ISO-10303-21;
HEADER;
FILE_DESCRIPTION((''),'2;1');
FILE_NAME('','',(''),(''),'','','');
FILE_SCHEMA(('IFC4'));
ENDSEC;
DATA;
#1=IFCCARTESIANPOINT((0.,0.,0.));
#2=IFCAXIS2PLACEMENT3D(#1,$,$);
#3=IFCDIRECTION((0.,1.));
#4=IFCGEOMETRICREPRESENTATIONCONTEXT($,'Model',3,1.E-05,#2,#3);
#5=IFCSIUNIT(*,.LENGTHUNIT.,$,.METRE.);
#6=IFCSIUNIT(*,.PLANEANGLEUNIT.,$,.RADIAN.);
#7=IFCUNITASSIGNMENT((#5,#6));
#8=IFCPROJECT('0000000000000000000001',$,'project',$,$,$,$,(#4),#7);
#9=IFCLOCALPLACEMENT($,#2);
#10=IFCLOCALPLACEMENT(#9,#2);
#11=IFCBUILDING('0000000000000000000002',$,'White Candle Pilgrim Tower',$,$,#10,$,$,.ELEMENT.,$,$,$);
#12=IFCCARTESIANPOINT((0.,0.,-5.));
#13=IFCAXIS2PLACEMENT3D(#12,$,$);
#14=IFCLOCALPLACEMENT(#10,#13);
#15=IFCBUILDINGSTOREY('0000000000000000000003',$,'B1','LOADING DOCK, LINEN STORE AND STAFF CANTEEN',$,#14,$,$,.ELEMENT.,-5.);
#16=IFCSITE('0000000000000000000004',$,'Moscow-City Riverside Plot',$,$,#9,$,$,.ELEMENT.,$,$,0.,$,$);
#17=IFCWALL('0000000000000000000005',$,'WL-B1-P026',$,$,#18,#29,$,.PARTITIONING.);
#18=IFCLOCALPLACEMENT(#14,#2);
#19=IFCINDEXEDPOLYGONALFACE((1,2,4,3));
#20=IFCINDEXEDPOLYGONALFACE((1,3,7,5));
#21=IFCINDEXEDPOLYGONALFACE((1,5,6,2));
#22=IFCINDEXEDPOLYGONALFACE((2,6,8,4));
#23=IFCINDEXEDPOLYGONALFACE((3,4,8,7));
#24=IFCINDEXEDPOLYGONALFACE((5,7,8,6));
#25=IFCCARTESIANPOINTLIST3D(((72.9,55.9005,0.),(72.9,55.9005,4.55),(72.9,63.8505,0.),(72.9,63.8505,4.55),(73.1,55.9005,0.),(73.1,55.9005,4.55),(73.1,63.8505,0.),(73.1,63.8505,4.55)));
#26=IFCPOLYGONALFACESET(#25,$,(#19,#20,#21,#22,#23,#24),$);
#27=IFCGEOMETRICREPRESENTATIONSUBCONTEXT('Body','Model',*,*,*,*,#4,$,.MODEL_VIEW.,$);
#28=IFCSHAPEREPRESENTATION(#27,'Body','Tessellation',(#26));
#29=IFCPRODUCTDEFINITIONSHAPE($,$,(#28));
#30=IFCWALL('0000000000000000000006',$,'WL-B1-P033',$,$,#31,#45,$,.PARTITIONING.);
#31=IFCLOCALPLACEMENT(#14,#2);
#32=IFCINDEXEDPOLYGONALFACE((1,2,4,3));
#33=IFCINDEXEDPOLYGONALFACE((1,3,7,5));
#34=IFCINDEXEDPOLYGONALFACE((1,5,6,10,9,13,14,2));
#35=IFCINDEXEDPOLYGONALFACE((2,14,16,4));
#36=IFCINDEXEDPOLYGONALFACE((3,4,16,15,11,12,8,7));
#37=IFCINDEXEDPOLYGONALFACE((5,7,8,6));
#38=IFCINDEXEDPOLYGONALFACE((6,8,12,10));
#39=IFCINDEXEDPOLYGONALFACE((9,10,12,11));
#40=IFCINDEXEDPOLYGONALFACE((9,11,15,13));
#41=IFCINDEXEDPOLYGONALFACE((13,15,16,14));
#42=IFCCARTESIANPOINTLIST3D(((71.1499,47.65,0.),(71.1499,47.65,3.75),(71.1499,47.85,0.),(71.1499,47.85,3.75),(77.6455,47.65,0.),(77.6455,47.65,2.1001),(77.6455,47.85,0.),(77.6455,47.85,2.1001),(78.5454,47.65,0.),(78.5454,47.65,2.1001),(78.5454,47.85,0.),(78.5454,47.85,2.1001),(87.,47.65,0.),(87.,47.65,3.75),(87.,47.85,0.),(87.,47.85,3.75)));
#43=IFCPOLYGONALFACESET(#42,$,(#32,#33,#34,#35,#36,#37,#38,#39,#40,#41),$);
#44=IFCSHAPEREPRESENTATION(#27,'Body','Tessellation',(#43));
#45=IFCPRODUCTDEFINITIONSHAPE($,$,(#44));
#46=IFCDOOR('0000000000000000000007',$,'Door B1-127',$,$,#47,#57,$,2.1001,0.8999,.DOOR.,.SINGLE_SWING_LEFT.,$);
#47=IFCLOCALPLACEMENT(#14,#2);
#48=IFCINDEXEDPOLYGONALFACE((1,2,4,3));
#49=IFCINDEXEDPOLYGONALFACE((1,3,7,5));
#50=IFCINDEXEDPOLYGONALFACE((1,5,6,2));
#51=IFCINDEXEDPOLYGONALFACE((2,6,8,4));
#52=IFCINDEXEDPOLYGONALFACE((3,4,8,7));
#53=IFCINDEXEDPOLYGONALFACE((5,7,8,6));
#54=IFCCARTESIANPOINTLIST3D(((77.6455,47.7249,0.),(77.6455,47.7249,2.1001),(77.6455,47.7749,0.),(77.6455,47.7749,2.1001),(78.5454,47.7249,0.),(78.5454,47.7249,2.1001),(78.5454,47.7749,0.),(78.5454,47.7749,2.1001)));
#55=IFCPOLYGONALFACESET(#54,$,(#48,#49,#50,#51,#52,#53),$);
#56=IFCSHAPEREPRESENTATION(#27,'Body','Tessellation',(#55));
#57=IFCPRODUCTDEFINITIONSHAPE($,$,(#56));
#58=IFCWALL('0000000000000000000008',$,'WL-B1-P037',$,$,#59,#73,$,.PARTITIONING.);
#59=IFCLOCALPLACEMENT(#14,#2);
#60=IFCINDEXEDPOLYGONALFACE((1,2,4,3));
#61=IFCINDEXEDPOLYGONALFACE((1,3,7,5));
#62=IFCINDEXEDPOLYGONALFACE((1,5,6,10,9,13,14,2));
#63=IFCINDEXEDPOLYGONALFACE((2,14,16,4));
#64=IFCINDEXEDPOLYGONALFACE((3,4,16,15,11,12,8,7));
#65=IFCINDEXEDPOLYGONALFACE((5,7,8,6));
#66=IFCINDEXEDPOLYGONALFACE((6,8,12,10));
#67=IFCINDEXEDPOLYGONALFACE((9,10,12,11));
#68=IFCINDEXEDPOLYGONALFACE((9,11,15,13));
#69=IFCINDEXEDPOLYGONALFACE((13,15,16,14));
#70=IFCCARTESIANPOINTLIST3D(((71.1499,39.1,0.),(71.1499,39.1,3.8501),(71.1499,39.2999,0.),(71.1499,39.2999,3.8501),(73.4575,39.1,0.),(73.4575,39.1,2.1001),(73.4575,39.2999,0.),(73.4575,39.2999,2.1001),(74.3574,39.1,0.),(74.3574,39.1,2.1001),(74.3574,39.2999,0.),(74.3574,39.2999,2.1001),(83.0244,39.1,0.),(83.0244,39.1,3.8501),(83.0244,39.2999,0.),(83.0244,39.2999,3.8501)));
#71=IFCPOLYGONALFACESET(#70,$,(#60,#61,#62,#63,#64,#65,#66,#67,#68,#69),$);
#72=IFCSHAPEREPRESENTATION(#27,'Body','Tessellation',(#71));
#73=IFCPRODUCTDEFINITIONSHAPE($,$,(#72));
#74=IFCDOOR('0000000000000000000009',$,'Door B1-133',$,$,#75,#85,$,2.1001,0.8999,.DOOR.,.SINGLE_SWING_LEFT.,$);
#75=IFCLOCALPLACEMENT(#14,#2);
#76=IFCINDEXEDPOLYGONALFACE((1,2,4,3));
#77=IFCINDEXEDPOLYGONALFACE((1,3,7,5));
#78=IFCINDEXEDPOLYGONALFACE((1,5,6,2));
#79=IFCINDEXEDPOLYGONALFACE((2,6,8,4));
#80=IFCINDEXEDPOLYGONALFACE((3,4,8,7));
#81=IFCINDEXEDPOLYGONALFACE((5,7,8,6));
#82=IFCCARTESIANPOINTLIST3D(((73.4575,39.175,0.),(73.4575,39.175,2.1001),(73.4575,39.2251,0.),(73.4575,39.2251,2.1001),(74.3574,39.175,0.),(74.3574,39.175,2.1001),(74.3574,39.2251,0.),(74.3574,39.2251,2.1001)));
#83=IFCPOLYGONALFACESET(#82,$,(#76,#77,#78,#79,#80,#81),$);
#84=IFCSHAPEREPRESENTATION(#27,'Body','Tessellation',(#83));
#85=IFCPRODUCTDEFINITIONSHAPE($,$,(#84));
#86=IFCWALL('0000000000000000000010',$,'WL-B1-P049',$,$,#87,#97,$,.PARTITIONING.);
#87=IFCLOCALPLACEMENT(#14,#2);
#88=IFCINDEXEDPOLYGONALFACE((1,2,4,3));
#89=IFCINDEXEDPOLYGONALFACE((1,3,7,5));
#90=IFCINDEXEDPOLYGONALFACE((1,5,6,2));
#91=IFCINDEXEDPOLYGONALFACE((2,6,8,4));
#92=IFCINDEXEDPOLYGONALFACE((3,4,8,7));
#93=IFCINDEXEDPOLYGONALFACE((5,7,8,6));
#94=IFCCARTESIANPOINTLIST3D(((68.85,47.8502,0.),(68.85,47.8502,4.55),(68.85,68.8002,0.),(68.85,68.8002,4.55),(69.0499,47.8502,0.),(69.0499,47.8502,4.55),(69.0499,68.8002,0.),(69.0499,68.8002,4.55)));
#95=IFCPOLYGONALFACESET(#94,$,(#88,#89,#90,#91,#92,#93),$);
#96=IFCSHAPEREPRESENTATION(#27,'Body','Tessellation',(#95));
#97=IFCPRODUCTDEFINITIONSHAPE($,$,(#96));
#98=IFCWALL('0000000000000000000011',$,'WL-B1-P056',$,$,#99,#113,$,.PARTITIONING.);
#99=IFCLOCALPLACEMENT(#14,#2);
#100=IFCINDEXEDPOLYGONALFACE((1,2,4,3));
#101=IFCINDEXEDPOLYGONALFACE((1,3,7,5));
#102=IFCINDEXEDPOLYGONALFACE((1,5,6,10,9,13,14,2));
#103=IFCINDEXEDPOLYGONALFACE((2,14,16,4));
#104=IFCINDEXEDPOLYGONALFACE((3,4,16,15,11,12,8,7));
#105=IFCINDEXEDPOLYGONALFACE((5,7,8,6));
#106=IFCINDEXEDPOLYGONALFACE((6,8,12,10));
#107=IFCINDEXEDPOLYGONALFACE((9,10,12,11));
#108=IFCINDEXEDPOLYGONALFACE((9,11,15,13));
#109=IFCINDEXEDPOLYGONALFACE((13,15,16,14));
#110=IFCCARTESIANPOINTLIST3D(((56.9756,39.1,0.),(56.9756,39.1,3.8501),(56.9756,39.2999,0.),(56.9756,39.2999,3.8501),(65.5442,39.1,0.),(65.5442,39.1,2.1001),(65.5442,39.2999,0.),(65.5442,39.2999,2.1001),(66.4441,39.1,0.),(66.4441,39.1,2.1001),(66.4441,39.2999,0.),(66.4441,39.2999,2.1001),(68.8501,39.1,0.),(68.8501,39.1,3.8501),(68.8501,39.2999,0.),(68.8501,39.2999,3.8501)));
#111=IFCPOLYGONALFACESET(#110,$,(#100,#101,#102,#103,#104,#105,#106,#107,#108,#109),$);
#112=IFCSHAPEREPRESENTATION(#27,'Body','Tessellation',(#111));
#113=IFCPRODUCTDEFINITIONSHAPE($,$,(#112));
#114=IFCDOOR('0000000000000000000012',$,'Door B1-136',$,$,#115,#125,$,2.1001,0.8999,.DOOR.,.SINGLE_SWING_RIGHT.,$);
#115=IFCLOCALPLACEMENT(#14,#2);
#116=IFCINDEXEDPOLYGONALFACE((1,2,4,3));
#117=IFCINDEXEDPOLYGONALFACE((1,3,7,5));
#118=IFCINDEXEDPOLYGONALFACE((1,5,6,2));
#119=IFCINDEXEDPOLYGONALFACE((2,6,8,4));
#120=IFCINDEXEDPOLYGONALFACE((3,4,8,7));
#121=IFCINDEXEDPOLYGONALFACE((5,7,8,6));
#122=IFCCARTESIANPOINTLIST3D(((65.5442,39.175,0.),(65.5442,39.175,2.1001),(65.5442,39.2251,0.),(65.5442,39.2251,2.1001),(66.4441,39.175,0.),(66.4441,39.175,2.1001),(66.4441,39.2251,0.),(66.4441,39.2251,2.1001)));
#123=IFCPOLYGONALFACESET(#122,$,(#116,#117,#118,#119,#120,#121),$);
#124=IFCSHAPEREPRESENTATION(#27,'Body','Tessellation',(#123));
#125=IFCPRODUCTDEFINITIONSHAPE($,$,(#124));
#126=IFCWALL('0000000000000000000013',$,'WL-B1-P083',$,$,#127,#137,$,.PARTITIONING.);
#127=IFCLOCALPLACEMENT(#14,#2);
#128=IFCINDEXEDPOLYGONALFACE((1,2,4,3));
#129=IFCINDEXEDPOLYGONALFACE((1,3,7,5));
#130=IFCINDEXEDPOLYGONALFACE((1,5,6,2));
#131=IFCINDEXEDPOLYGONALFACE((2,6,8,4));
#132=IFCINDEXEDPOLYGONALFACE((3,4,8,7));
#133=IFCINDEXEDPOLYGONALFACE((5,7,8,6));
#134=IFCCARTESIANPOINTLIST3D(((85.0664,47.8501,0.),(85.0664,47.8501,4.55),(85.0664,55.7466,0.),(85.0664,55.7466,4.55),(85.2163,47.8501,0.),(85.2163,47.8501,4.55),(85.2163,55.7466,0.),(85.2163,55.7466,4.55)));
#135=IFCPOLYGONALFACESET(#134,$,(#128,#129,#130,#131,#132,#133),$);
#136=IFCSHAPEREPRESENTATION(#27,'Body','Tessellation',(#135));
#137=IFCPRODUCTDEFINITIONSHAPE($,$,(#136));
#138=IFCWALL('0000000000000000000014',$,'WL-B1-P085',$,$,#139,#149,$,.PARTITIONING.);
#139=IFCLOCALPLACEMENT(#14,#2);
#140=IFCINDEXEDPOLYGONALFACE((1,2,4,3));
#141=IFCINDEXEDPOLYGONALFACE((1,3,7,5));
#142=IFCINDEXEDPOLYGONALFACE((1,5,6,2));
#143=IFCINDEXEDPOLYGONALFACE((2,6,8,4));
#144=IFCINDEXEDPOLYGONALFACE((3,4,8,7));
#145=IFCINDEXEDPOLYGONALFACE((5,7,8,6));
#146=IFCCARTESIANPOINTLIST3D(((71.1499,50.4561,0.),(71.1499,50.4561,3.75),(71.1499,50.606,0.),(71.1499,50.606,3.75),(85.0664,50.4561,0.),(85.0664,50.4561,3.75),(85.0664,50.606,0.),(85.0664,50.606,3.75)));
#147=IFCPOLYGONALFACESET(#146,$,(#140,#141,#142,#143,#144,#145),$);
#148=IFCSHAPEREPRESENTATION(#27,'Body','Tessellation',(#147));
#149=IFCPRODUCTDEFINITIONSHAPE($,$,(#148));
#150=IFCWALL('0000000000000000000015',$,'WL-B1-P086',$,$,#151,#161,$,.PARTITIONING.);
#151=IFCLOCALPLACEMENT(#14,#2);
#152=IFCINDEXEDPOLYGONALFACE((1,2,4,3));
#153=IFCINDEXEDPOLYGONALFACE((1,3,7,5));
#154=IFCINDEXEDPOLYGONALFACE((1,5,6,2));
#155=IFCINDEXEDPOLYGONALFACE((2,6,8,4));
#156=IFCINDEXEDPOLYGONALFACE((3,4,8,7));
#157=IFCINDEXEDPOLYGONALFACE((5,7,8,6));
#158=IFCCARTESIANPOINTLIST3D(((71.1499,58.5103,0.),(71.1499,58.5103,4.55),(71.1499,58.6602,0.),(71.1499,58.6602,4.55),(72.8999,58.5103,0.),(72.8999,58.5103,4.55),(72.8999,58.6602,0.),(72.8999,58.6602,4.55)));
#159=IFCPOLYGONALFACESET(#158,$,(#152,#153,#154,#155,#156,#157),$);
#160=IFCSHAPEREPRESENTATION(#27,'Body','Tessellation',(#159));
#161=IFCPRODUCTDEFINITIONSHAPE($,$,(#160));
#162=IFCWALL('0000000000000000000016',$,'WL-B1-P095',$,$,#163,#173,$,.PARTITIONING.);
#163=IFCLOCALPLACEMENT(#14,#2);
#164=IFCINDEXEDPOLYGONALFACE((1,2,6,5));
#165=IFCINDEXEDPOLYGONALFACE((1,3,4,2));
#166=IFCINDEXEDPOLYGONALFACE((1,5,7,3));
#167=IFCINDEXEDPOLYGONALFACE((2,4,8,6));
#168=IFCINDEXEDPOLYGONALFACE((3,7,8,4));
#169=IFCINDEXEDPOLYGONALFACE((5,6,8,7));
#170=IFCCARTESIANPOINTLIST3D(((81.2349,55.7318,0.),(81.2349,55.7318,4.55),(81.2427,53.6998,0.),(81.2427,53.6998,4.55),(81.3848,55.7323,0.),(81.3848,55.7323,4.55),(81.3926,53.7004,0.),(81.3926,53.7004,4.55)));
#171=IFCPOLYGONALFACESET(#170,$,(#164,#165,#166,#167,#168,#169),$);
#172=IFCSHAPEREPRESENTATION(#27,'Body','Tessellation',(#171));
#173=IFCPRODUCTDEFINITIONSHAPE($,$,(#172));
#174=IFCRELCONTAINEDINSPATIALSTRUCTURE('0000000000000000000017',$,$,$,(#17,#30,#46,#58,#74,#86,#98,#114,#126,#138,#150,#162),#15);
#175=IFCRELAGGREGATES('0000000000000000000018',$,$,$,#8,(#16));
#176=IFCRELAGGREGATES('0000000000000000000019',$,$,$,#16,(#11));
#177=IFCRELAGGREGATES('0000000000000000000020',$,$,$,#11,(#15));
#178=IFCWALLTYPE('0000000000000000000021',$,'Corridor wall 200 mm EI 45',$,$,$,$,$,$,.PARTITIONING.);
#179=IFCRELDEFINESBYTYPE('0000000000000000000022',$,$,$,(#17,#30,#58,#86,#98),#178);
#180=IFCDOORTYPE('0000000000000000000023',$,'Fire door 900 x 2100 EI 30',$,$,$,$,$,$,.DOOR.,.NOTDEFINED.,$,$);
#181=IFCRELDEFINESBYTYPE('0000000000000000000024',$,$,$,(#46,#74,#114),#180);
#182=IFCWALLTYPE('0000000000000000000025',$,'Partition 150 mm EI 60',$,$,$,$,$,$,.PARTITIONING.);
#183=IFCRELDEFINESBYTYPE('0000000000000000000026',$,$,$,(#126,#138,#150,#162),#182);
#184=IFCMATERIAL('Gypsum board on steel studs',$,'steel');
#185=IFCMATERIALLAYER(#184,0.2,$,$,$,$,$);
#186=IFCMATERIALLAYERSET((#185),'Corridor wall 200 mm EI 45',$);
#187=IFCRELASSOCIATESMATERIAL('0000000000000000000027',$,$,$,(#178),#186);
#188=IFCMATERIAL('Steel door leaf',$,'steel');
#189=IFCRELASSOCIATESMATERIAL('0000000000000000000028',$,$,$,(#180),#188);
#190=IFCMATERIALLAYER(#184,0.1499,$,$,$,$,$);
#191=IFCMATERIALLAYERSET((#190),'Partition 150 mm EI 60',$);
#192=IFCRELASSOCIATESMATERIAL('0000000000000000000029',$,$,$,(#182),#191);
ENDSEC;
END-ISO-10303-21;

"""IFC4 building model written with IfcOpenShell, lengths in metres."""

from ifc_helpers import new_model, si_unit, direction, frame, frame_2d, origin, place, context, subcontext, project, spatial, rectangle, extrude, material, layer, layer_set, type_object, element, fill, save


model = new_model("IFC4")

# Units and contexts
model_context = context("Model", 3, precision=1e-05, world=origin(), true_north=direction((0.0, 1.0)))
body_context = subcontext(model_context, "Body", "Model", "MODEL_VIEW")
ifc_project = project(units=[si_unit("LENGTHUNIT", "METRE"), si_unit("PLANEANGLEUNIT", "RADIAN")], contexts=[model_context])

# Site, building, storey
site_placement = place(None, origin())
site = spatial("IfcSite", under=ifc_project, at=site_placement, Name="Moscow-City Riverside Plot", CompositionType="ELEMENT", RefElevation=0.0)
building_placement = place(site_placement, origin())
building = spatial("IfcBuilding", under=site, at=building_placement, Name="White Candle Pilgrim Tower", CompositionType="ELEMENT")
storey_placement = place(building_placement, frame((0.0, 0.0, -5.0)))
storey = spatial("IfcBuildingStorey", under=building, at=storey_placement, Name="B1", Description="LOADING DOCK, LINEN STORE AND STAFF CANTEEN", CompositionType="ELEMENT", Elevation=-5.0)

# Wall
ifc_material_1 = material(Name="Gypsum board on steel studs", Category="steel")
ifc_layer_1 = layer(ifc_material_1, 0.2)
ifc_layer_set_1 = layer_set([ifc_layer_1], Name="Corridor wall 200 mm EI 45")
wall_type_1 = type_object("IfcWallType", Name="Corridor wall 200 mm EI 45", PredefinedType="PARTITIONING", material=ifc_layer_set_1)
wall_1_placement = place(storey_placement, frame((73.0, 55.9004, 0.0), z_axis=(0.0, 0.0, 1.0), x_axis=(0.0, 1.0, 0.0)))
element("IfcWall", 1, at=wall_1_placement, inside=storey, type_object=wall_type_1, Name="WL-B1-P026", PredefinedType="PARTITIONING", context=body_context, shape_type="SweptSolid", body=[
    extrude(rectangle(XDim=7.95, YDim=0.2, at=frame_2d((3.9751, 0.0))), origin(), (0.0, 0.0, 1.0), 4.55),
])

# Walls, openings, doors
wall_2_placement = place(storey_placement, frame((71.1499, 47.75, 0.0), z_axis=(0.0, 0.0, 1.0), x_axis=(1.0, 0.0, 0.0)))
wall_2 = element("IfcWall", 2, at=wall_2_placement, inside=storey, type_object=wall_type_1, Name="WL-B1-P033", PredefinedType="PARTITIONING", context=body_context, shape_type="SweptSolid", body=[
    extrude(rectangle(XDim=15.8501, YDim=0.2, at=frame_2d((7.925, 0.0))), origin(), (0.0, 0.0, 1.0), 3.75),
])
opening_1_placement = place(wall_2_placement, frame((6.4956, 0.0, 0.0)))
opening_1 = element("IfcOpeningElement", 3, at=opening_1_placement, cuts=wall_2, PredefinedType="OPENING", context=body_context, shape_type="SweptSolid", body=[
    extrude(rectangle(XDim=0.8999, YDim=2.1001, at=frame_2d((0.45, 1.05))), frame((0.0, 0.1099, 0.0), z_axis=(0.0, -1.0, 0.0), x_axis=(1.0, 0.0, 0.0)), (0.0, 0.0, 1.0), 0.22),
])
ifc_material_2 = material(Name="Steel door leaf", Category="steel")
door_type = type_object("IfcDoorType", Name="Fire door 900 x 2100 EI 30", OperationType="NOTDEFINED", PredefinedType="DOOR", material=ifc_material_2)
door_1_placement = place(opening_1_placement, origin())
door_1 = element("IfcDoor", 4, at=door_1_placement, inside=storey, type_object=door_type, Name="Door B1-127", OperationType="SINGLE_SWING_LEFT", OverallHeight=2.1001, OverallWidth=0.8999, PredefinedType="DOOR", context=body_context, shape_type="SweptSolid", body=[
    extrude(rectangle(XDim=0.8999, YDim=2.1001, at=frame_2d((0.45, 1.05))), frame((0.0, 0.0249, 0.0), z_axis=(0.0, -1.0, 0.0), x_axis=(1.0, 0.0, 0.0)), (0.0, 0.0, 1.0), 0.05),
])
fill(opening_1, door_1)
wall_3_placement = place(storey_placement, frame((83.0244, 39.2, 0.0), z_axis=(0.0, 0.0, 1.0), x_axis=(-1.0, 0.0, 0.0)))
wall_3 = element("IfcWall", 5, at=wall_3_placement, inside=storey, type_object=wall_type_1, Name="WL-B1-P037", PredefinedType="PARTITIONING", context=body_context, shape_type="SweptSolid", body=[
    extrude(rectangle(XDim=11.8745, YDim=0.2, at=frame_2d((5.9373, 0.0))), origin(), (0.0, 0.0, 1.0), 3.8501),
])
opening_2_placement = place(wall_3_placement, frame((8.667, 0.0, 0.0)))
opening_2 = element("IfcOpeningElement", 6, at=opening_2_placement, cuts=wall_3, PredefinedType="OPENING", context=body_context, shape_type="SweptSolid", body=[
    extrude(rectangle(XDim=0.8999, YDim=2.1001, at=frame_2d((0.45, 1.05))), frame((0.0, 0.1099, 0.0), z_axis=(0.0, -1.0, 0.0), x_axis=(1.0, 0.0, 0.0)), (0.0, 0.0, 1.0), 0.22),
])
door_2_placement = place(opening_2_placement, origin())
door_2 = element("IfcDoor", 7, at=door_2_placement, inside=storey, type_object=door_type, Name="Door B1-133", OperationType="SINGLE_SWING_LEFT", OverallHeight=2.1001, OverallWidth=0.8999, PredefinedType="DOOR", context=body_context, shape_type="SweptSolid", body=[
    extrude(rectangle(XDim=0.8999, YDim=2.1001, at=frame_2d((0.45, 1.05))), frame((0.0, 0.0249, 0.0), z_axis=(0.0, -1.0, 0.0), x_axis=(1.0, 0.0, 0.0)), (0.0, 0.0, 1.0), 0.05),
])
fill(opening_2, door_2)

# Wall
wall_4_placement = place(storey_placement, frame((68.95, 47.8501, 0.0), z_axis=(0.0, 0.0, 1.0), x_axis=(0.0, 1.0, 0.0)))
element("IfcWall", 8, at=wall_4_placement, inside=storey, type_object=wall_type_1, Name="WL-B1-P049", PredefinedType="PARTITIONING", context=body_context, shape_type="SweptSolid", body=[
    extrude(rectangle(XDim=20.95, YDim=0.2, at=frame_2d((10.4751, 0.0))), origin(), (0.0, 0.0, 1.0), 4.55),
])

# Wall, opening, door
wall_5_placement = place(storey_placement, frame((68.8501, 39.2, 0.0), z_axis=(0.0, 0.0, 1.0), x_axis=(-1.0, 0.0, 0.0)))
wall_5 = element("IfcWall", 9, at=wall_5_placement, inside=storey, type_object=wall_type_1, Name="WL-B1-P056", PredefinedType="PARTITIONING", context=body_context, shape_type="SweptSolid", body=[
    extrude(rectangle(XDim=11.8745, YDim=0.2, at=frame_2d((5.9373, 0.0))), origin(), (0.0, 0.0, 1.0), 3.8501),
])
opening_3_placement = place(wall_5_placement, frame((2.406, 0.0, 0.0)))
opening_3 = element("IfcOpeningElement", 10, at=opening_3_placement, cuts=wall_5, PredefinedType="OPENING", context=body_context, shape_type="SweptSolid", body=[
    extrude(rectangle(XDim=0.8999, YDim=2.1001, at=frame_2d((0.45, 1.05))), frame((0.0, 0.1099, 0.0), z_axis=(0.0, -1.0, 0.0), x_axis=(1.0, 0.0, 0.0)), (0.0, 0.0, 1.0), 0.22),
])
door_3_placement = place(opening_3_placement, origin())
door_3 = element("IfcDoor", 11, at=door_3_placement, inside=storey, type_object=door_type, Name="Door B1-136", OperationType="SINGLE_SWING_RIGHT", OverallHeight=2.1001, OverallWidth=0.8999, PredefinedType="DOOR", context=body_context, shape_type="SweptSolid", body=[
    extrude(rectangle(XDim=0.8999, YDim=2.1001, at=frame_2d((0.45, 1.05))), frame((0.0, 0.0249, 0.0), z_axis=(0.0, -1.0, 0.0), x_axis=(1.0, 0.0, 0.0)), (0.0, 0.0, 1.0), 0.05),
])
fill(opening_3, door_3)

# Walls
ifc_layer_2 = layer(ifc_material_1, 0.1499)
ifc_layer_set_2 = layer_set([ifc_layer_2], Name="Partition 150 mm EI 60")
wall_type_2 = type_object("IfcWallType", Name="Partition 150 mm EI 60", PredefinedType="PARTITIONING", material=ifc_layer_set_2)
wall_6_placement = place(storey_placement, frame((85.1414, 47.8501, 0.0), z_axis=(0.0, 0.0, 1.0), x_axis=(0.0, 1.0, 0.0)))
element("IfcWall", 12, at=wall_6_placement, inside=storey, type_object=wall_type_2, Name="WL-B1-P083", PredefinedType="PARTITIONING", context=body_context, shape_type="SweptSolid", body=[
    extrude(rectangle(XDim=7.8965, YDim=0.1499, at=frame_2d((3.9482, 0.0))), origin(), (0.0, 0.0, 1.0), 4.55),
])
wall_7_placement = place(storey_placement, frame((71.1499, 50.531, 0.0), z_axis=(0.0, 0.0, 1.0), x_axis=(1.0, 0.0, 0.0)))
element("IfcWall", 13, at=wall_7_placement, inside=storey, type_object=wall_type_2, Name="WL-B1-P085", PredefinedType="PARTITIONING", context=body_context, shape_type="SweptSolid", body=[
    extrude(rectangle(XDim=13.9165, YDim=0.1499, at=frame_2d((6.9583, 0.0))), origin(), (0.0, 0.0, 1.0), 3.75),
])
wall_8_placement = place(storey_placement, frame((71.1499, 58.5852, 0.0), z_axis=(0.0, 0.0, 1.0), x_axis=(1.0, 0.0, 0.0)))
element("IfcWall", 14, at=wall_8_placement, inside=storey, type_object=wall_type_2, Name="WL-B1-P086", PredefinedType="PARTITIONING", context=body_context, shape_type="SweptSolid", body=[
    extrude(rectangle(XDim=1.75, YDim=0.1499, at=frame_2d((0.875, 0.0))), origin(), (0.0, 0.0, 1.0), 4.55),
])
wall_9_placement = place(storey_placement, frame((81.3176, 53.7, 0.0), z_axis=(0.0, 0.0, 1.0), x_axis=(-0.003845, 0.999993, 0.0)))
element("IfcWall", 15, at=wall_9_placement, inside=storey, type_object=wall_type_2, Name="WL-B1-P095", PredefinedType="PARTITIONING", context=body_context, shape_type="SweptSolid", body=[
    extrude(rectangle(XDim=2.032, YDim=0.1499, at=frame_2d((1.0161, 0.0))), origin(), (0.0, 0.0, 1.0), 4.55),
])

save(model, "model.ifc")
